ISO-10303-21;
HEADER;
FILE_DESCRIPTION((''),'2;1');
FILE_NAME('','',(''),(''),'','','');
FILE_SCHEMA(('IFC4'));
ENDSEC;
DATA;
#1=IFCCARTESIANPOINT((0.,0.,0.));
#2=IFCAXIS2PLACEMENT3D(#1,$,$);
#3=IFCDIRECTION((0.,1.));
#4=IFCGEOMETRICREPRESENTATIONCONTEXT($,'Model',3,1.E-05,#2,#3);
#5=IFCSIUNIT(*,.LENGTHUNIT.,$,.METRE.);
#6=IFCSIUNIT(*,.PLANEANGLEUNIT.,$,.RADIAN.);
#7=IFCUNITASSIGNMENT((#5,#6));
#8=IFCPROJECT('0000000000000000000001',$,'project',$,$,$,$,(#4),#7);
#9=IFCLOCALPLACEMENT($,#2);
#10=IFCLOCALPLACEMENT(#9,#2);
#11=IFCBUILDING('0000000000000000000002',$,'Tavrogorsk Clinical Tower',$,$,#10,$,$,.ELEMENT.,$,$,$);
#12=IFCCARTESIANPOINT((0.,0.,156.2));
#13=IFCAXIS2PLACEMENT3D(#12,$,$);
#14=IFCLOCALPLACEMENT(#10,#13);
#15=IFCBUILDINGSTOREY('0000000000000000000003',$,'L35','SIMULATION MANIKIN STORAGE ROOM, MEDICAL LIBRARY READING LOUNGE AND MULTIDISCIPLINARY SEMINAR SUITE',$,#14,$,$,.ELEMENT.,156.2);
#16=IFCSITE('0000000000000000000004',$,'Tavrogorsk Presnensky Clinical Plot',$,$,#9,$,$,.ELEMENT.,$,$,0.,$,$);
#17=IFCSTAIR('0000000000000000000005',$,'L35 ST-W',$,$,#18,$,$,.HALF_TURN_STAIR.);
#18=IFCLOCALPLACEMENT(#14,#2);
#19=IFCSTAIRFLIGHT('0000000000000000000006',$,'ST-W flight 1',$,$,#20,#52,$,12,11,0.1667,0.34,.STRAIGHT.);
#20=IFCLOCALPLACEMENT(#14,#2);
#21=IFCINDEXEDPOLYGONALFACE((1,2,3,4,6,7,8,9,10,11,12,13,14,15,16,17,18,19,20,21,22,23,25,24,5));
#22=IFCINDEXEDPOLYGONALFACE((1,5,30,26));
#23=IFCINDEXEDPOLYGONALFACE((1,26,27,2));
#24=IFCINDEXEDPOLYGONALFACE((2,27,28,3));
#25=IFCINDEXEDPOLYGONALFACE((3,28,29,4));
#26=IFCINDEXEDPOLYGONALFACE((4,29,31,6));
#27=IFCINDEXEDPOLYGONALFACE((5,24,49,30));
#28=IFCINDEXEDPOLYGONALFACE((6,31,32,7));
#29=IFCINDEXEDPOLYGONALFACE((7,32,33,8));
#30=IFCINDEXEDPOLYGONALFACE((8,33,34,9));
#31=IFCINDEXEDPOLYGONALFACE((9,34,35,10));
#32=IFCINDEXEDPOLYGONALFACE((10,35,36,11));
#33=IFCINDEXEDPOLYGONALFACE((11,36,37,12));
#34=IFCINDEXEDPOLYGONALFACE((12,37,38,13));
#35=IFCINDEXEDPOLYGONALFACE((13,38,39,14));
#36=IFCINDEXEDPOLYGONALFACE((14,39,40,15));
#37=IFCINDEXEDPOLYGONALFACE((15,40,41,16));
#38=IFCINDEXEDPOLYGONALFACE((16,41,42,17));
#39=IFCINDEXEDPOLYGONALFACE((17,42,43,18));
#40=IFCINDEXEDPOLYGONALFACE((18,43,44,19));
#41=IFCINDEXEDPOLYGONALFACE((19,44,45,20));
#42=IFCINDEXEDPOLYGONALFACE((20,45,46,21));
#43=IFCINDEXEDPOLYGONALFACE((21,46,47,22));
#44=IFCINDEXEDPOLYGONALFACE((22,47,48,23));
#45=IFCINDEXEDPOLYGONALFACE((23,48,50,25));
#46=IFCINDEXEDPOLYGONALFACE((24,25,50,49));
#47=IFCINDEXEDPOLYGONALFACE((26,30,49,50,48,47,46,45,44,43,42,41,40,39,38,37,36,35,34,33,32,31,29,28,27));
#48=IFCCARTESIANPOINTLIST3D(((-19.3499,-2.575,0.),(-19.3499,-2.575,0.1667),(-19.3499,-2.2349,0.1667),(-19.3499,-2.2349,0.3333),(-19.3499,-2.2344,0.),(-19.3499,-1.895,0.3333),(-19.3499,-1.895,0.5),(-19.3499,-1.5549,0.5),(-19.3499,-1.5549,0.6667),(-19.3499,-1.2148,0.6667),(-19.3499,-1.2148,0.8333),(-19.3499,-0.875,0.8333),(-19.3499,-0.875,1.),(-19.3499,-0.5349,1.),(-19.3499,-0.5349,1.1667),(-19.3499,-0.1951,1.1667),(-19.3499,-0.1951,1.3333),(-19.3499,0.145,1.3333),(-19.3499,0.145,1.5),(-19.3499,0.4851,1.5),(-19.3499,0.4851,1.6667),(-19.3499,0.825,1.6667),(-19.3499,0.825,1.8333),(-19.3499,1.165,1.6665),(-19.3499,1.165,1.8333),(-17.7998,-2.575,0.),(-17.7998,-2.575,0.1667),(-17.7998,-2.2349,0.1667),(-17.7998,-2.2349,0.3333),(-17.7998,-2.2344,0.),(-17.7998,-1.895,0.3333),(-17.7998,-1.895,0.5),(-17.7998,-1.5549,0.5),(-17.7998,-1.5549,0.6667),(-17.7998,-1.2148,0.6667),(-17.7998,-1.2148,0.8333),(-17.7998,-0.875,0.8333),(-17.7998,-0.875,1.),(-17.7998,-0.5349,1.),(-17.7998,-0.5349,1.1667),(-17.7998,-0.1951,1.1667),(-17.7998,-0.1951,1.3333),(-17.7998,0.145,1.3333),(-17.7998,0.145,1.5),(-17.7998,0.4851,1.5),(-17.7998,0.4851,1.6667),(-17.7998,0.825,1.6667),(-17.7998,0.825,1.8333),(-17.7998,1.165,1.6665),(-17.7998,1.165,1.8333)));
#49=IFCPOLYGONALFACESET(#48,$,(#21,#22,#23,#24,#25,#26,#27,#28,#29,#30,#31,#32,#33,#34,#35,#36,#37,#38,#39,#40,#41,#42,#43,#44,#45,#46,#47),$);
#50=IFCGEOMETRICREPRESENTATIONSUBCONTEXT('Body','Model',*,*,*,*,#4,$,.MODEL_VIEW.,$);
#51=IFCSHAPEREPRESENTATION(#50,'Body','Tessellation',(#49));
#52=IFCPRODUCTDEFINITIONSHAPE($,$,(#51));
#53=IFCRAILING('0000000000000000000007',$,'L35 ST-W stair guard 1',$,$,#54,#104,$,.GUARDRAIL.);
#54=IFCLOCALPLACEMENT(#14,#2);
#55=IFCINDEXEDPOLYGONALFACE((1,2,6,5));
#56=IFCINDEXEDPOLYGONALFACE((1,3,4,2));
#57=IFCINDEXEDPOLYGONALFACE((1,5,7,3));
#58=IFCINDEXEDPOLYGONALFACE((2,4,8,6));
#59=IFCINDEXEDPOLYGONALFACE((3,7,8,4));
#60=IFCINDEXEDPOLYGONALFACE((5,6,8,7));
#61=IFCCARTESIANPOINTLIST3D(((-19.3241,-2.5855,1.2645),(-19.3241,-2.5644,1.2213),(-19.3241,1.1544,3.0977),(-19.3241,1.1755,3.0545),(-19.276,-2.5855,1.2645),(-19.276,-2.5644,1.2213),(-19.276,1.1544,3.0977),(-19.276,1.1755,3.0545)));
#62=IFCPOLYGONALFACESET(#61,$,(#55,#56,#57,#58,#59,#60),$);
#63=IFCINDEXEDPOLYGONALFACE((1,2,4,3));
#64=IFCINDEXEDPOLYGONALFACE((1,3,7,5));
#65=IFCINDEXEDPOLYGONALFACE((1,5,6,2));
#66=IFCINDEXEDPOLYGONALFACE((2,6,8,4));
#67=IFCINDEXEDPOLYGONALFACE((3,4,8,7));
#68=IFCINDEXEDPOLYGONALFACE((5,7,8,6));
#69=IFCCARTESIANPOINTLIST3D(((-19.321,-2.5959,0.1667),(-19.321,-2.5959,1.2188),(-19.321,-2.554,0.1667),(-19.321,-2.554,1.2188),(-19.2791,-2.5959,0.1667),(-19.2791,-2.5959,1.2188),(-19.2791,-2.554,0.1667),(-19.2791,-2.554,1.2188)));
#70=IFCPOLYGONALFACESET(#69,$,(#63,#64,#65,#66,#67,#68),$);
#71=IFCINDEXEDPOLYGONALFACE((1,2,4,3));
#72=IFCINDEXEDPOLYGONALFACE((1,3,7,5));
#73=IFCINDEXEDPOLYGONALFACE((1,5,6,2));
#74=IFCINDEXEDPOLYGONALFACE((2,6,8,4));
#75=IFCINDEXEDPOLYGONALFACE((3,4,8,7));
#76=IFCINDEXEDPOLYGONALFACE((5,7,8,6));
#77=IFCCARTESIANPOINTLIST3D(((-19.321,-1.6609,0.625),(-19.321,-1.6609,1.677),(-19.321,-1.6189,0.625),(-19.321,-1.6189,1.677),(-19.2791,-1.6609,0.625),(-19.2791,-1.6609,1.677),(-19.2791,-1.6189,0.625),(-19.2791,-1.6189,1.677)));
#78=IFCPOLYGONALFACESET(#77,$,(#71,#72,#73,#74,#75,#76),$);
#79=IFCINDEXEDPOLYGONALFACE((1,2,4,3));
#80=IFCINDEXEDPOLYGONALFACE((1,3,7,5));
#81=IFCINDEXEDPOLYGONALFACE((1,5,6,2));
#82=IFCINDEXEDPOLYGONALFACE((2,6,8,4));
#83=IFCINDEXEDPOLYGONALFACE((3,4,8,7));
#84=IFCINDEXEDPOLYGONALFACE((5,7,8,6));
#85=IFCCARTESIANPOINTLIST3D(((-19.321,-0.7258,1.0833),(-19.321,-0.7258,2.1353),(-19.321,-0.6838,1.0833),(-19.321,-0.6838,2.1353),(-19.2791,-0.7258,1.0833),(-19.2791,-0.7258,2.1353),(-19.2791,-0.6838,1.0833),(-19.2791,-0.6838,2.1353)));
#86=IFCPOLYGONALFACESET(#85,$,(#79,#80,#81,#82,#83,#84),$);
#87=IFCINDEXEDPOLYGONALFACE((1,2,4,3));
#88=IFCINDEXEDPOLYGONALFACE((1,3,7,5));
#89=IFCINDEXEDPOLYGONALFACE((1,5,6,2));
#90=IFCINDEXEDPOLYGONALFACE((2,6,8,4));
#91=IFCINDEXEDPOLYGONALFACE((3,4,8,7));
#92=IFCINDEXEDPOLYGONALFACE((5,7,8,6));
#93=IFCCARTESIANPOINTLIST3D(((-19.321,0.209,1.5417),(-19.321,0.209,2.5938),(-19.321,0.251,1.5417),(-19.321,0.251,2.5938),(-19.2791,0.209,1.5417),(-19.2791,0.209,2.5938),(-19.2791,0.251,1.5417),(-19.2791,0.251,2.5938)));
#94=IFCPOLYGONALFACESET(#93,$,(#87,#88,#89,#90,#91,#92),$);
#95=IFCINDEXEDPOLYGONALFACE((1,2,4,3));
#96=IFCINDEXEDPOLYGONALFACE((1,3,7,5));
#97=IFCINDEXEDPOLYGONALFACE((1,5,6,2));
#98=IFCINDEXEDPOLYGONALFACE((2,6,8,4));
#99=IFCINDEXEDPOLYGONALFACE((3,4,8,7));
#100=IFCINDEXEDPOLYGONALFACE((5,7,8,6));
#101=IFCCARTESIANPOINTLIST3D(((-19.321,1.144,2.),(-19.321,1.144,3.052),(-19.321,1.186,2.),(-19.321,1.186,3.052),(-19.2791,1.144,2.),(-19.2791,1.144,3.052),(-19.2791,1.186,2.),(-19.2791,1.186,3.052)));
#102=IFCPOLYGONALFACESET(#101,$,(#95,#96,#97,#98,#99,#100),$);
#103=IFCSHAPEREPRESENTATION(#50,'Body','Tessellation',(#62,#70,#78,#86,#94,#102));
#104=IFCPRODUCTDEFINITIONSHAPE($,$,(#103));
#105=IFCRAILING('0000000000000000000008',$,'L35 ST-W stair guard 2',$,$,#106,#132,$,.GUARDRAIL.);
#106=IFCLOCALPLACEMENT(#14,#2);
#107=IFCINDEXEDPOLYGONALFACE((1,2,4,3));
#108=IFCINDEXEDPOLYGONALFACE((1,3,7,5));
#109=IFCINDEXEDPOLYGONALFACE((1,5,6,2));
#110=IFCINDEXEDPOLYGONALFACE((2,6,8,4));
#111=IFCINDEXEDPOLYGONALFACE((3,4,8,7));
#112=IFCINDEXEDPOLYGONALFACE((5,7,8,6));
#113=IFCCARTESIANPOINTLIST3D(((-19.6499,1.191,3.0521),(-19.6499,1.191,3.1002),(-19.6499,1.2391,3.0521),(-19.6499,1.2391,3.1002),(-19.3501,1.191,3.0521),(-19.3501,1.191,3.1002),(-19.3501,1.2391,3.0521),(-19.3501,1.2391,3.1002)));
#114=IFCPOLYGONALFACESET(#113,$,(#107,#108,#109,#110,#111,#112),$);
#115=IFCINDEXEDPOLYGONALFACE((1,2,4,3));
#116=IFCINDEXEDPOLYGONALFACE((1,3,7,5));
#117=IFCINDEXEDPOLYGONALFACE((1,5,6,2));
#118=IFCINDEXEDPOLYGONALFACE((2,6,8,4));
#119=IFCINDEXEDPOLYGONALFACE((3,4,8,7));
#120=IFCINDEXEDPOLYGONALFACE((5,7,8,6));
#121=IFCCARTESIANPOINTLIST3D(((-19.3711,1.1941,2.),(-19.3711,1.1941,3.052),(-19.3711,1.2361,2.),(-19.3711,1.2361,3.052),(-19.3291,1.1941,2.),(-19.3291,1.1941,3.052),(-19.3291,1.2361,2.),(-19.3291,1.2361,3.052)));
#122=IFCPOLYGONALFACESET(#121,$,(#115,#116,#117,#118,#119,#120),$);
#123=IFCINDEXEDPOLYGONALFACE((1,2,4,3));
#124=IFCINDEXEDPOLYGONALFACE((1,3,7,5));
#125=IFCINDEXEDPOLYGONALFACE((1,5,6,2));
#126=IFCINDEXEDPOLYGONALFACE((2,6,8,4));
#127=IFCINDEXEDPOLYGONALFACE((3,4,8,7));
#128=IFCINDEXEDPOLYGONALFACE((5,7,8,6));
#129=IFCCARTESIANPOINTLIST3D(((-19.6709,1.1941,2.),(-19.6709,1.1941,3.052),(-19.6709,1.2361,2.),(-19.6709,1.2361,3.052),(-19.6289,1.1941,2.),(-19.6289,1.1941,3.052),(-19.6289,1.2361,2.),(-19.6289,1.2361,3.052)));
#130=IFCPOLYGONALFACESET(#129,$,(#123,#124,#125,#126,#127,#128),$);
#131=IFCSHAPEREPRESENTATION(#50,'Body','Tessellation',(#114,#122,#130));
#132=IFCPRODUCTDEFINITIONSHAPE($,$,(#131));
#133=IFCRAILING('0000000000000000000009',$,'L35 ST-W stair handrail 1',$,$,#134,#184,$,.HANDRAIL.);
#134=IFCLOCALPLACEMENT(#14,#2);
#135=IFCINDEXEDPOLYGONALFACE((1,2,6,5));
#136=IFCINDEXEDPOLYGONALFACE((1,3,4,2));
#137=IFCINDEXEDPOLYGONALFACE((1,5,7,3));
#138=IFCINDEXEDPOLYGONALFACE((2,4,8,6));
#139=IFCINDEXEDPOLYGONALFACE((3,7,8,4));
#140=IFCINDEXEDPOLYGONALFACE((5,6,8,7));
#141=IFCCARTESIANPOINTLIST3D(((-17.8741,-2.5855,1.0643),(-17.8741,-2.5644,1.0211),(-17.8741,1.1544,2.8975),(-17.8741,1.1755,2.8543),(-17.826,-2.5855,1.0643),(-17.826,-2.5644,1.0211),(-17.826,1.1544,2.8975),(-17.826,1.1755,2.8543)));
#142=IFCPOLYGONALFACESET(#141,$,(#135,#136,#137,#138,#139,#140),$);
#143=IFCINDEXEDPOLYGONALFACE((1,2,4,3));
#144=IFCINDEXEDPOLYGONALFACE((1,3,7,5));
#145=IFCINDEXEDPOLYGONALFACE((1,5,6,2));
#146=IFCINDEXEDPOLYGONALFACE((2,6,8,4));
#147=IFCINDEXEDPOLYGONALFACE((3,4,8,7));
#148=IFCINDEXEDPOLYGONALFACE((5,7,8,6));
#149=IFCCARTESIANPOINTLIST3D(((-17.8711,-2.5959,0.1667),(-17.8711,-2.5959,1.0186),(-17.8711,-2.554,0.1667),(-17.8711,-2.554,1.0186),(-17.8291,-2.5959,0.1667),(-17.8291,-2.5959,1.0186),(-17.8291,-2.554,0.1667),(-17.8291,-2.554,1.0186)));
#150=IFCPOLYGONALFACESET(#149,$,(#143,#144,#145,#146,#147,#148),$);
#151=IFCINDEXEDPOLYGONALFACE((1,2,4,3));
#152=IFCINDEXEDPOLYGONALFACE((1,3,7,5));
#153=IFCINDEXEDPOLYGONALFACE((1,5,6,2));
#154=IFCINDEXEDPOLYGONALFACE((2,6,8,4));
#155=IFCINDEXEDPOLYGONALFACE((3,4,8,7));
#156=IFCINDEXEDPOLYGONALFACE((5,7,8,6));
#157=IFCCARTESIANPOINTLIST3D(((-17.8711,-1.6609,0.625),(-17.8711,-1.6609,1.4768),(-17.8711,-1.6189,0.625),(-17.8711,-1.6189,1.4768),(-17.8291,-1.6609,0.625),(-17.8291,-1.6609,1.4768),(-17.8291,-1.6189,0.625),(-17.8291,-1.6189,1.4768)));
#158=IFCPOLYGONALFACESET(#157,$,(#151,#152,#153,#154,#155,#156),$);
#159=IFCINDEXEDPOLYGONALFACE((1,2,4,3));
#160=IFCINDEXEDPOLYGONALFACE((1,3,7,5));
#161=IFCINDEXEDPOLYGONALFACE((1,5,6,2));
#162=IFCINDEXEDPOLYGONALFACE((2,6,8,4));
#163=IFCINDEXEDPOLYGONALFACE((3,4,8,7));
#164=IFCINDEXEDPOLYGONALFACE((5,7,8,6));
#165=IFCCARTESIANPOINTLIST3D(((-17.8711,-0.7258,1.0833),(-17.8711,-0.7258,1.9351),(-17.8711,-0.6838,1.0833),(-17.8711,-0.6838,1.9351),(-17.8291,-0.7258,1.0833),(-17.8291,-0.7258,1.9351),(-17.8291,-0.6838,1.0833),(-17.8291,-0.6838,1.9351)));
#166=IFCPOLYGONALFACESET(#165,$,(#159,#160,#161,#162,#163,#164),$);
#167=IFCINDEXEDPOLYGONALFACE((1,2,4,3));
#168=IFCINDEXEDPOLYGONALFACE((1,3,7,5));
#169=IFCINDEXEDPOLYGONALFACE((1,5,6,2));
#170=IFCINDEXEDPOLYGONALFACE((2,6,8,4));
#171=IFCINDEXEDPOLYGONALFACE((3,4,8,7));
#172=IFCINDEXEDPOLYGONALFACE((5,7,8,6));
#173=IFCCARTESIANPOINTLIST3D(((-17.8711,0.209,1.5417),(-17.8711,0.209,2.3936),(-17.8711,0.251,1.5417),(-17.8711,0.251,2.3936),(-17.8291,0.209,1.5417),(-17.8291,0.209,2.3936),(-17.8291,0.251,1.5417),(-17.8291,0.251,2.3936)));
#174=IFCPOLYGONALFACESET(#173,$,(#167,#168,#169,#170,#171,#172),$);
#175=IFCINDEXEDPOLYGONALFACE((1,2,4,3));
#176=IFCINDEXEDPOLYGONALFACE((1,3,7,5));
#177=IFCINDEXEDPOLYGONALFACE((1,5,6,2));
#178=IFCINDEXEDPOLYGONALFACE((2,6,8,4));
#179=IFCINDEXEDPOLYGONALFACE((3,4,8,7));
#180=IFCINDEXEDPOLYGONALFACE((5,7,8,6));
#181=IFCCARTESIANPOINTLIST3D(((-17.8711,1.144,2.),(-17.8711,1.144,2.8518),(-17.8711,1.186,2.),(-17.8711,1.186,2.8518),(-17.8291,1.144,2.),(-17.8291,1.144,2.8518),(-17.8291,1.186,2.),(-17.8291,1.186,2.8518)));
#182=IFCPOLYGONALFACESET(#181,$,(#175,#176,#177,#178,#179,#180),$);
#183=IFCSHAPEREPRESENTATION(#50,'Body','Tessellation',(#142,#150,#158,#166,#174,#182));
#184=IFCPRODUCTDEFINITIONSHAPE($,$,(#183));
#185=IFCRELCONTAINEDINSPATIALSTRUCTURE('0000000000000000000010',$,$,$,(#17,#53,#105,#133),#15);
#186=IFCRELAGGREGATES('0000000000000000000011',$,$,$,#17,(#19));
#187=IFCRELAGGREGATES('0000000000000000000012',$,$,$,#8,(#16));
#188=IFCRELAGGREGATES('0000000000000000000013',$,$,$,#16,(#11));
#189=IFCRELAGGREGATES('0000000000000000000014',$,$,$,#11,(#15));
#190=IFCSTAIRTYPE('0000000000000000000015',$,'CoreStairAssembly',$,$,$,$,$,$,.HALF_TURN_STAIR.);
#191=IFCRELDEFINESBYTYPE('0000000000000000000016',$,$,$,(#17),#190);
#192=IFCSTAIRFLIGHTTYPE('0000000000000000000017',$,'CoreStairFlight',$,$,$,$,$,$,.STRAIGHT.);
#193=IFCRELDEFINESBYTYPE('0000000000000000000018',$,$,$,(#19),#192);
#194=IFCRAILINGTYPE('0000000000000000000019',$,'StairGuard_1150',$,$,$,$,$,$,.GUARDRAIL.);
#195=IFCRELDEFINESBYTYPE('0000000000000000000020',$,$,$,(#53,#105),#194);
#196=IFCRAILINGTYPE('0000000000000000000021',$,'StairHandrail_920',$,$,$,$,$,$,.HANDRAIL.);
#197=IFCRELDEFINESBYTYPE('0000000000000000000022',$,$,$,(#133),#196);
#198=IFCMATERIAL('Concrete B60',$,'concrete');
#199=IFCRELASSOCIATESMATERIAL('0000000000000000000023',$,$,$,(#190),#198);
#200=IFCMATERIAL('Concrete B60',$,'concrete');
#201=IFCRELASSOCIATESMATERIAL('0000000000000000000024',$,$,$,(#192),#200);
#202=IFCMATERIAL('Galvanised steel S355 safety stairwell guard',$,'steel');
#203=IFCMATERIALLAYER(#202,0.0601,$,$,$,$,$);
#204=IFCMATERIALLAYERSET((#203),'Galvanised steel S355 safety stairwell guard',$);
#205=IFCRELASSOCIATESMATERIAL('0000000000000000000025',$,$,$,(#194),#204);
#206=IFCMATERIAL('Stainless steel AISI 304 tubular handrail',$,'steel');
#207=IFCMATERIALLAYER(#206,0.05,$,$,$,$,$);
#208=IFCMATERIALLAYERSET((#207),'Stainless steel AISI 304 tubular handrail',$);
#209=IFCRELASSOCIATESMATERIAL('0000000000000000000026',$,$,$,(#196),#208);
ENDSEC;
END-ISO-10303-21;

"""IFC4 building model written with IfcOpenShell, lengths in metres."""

from ifc_helpers import new_model, si_unit, direction, frame, origin, origin_2d, place, context, subcontext, project, spatial, polyline, rectangle, outline, extrude, material, layer, layer_set, type_object, element, aggregate, save


model = new_model("IFC4")

# Units and contexts
model_context = context("Model", 3, precision=1e-05, world=origin(), true_north=direction((0.0, 1.0)))
body_context = subcontext(model_context, "Body", "Model", "MODEL_VIEW")
ifc_project = project(units=[si_unit("LENGTHUNIT", "METRE"), si_unit("PLANEANGLEUNIT", "RADIAN")], contexts=[model_context])

# Site, building, storey
site_placement = place(None, origin())
site = spatial("IfcSite", under=ifc_project, at=site_placement, Name="Tavrogorsk Presnensky Clinical Plot", CompositionType="ELEMENT", RefElevation=0.0)
building_placement = place(site_placement, origin())
building = spatial("IfcBuilding", under=site, at=building_placement, Name="Tavrogorsk Clinical Tower", CompositionType="ELEMENT")
storey_placement = place(building_placement, frame((0.0, 0.0, 156.2)))
storey = spatial("IfcBuildingStorey", under=building, at=storey_placement, Name="L35", Description="SIMULATION MANIKIN STORAGE ROOM, MEDICAL LIBRARY READING LOUNGE AND MULTIDISCIPLINARY SEMINAR SUITE", CompositionType="ELEMENT", Elevation=156.2)

# Stair, stair flight
ifc_material_1 = material(Name="Concrete B60", Category="concrete")
stair_type = type_object("IfcStairType", Name="CoreStairAssembly", PredefinedType="HALF_TURN_STAIR", material=ifc_material_1)
stair_placement = place(storey_placement, origin())
stair = element("IfcStair", 1, at=stair_placement, inside=storey, type_object=stair_type, Name="L35 ST-W", PredefinedType="HALF_TURN_STAIR")
ifc_material_2 = material(Name="Concrete B60", Category="concrete")
stair_flight_type = type_object("IfcStairFlightType", Name="CoreStairFlight", PredefinedType="STRAIGHT", material=ifc_material_2)
stair_flight_placement = place(storey_placement, frame((-18.575, -2.575, 0.0), z_axis=(0.0, 0.0, 1.0), x_axis=(0.0, 1.0, 0.0)))
stair_flight = element("IfcStairFlight", 2, at=stair_flight_placement, type_object=stair_flight_type, Name="ST-W flight 1", NumberOfRisers=12, NumberOfTreads=11, PredefinedType="STRAIGHT", RiserHeight=0.1667, TreadLength=0.34, context=body_context, shape_type="SweptSolid", body=[
    extrude(outline(polyline([(0.0, 0.0), (0.0, 0.1667), (0.3401, 0.1667), (0.3401, 0.3333), (0.6799, 0.3333), (0.6799, 0.5), (1.02, 0.5), (1.02, 0.6667), (1.3601, 0.6667), (1.3601, 0.8333), (1.7, 0.8333), (1.7, 1.0), (2.04, 1.0), (2.04, 1.1667), (2.3799, 1.1667), (2.3799, 1.3333), (2.72, 1.3333), (2.72, 1.5), (3.0601, 1.5), (3.0601, 1.6667), (3.3999, 1.6667), (3.3999, 1.8333), (3.74, 1.8333), (3.74, 2.0), (3.74, 1.6665), (0.3406, 0.0), (0.0, 0.0)])), frame((0.0, 0.7749, 0.0), z_axis=(0.0, -1.0, 0.0), x_axis=(1.0, 0.0, 0.0)), (0.0, 0.0, 1.0), 1.55),
])
aggregate(stair, [stair_flight])

# Railings
ifc_material_3 = material(Name="Galvanised steel S355 safety stairwell guard", Category="steel")
ifc_layer_1 = layer(ifc_material_3, 0.0601)
ifc_layer_set_1 = layer_set([ifc_layer_1], Name="Galvanised steel S355 safety stairwell guard")
railing_type_1 = type_object("IfcRailingType", Name="StairGuard_1150", PredefinedType="GUARDRAIL", material=ifc_layer_set_1)
railing_1_placement = place(storey_placement, frame((-19.3, -2.575, 0.1667)))
element("IfcRailing", 3, at=railing_1_placement, inside=storey, type_object=railing_type_1, Name="L35 ST-W stair guard 1", PredefinedType="GUARDRAIL", context=body_context, shape_type="SweptSolid", body=[
    extrude(rectangle(XDim=0.0481, YDim=0.0481, at=origin_2d()), frame((0.0, 0.0, 1.0762), z_axis=(0.0, 0.897928, 0.440142), x_axis=(-1.0, 0.0, 0.0)), (0.0, 0.0, 1.0), 4.165),
    extrude(rectangle(XDim=0.042, YDim=0.042, at=origin_2d()), origin(), (0.0, 0.0, 1.0), 1.052),
    extrude(rectangle(XDim=0.042, YDim=0.042, at=origin_2d()), frame((0.0, 0.9351, 0.4583)), (0.0, 0.0, 1.0), 1.052),
    extrude(rectangle(XDim=0.042, YDim=0.042, at=origin_2d()), frame((0.0, 1.8701, 0.9165)), (0.0, 0.0, 1.0), 1.052),
    extrude(rectangle(XDim=0.042, YDim=0.042, at=origin_2d()), frame((0.0, 2.8049, 1.375)), (0.0, 0.0, 1.0), 1.052),
    extrude(rectangle(XDim=0.042, YDim=0.042, at=origin_2d()), frame((0.0, 3.74, 1.8333)), (0.0, 0.0, 1.0), 1.052),
])
railing_2_placement = place(storey_placement, frame((-19.3501, 1.2151, 2.0)))
element("IfcRailing", 4, at=railing_2_placement, inside=storey, type_object=railing_type_1, Name="L35 ST-W stair guard 2", PredefinedType="GUARDRAIL", context=body_context, shape_type="SweptSolid", body=[
    extrude(rectangle(XDim=0.0481, YDim=0.0481, at=origin_2d()), frame((0.0, 0.0, 1.0762), z_axis=(-1.0, 0.0, 0.0), x_axis=(0.0, -1.0, 0.0)), (0.0, 0.0, 1.0), 0.2998),
    extrude(rectangle(XDim=0.042, YDim=0.042, at=origin_2d()), origin(), (0.0, 0.0, 1.0), 1.052),
    extrude(rectangle(XDim=0.042, YDim=0.042, at=origin_2d()), frame((-0.2998, 0.0, 0.0)), (0.0, 0.0, 1.0), 1.052),
])
ifc_material_4 = material(Name="Stainless steel AISI 304 tubular handrail", Category="steel")
ifc_layer_2 = layer(ifc_material_4, 0.05)
ifc_layer_set_2 = layer_set([ifc_layer_2], Name="Stainless steel AISI 304 tubular handrail")
railing_type_2 = type_object("IfcRailingType", Name="StairHandrail_920", PredefinedType="HANDRAIL", material=ifc_layer_set_2)
railing_3_placement = place(storey_placement, frame((-17.8501, -2.575, 0.1667)))
element("IfcRailing", 5, at=railing_3_placement, inside=storey, type_object=railing_type_2, Name="L35 ST-W stair handrail 1", PredefinedType="HANDRAIL", context=body_context, shape_type="SweptSolid", body=[
    extrude(rectangle(XDim=0.0481, YDim=0.0481, at=origin_2d()), frame((0.0, 0.0, 0.876), z_axis=(0.0, 0.897928, 0.440142), x_axis=(-1.0, 0.0, 0.0)), (0.0, 0.0, 1.0), 4.165),
    extrude(rectangle(XDim=0.042, YDim=0.042, at=origin_2d()), origin(), (0.0, 0.0, 1.0), 0.8518),
    extrude(rectangle(XDim=0.042, YDim=0.042, at=origin_2d()), frame((0.0, 0.9351, 0.4583)), (0.0, 0.0, 1.0), 0.8518),
    extrude(rectangle(XDim=0.042, YDim=0.042, at=origin_2d()), frame((0.0, 1.8701, 0.9165)), (0.0, 0.0, 1.0), 0.8518),
    extrude(rectangle(XDim=0.042, YDim=0.042, at=origin_2d()), frame((0.0, 2.8049, 1.375)), (0.0, 0.0, 1.0), 0.8518),
    extrude(rectangle(XDim=0.042, YDim=0.042, at=origin_2d()), frame((0.0, 3.74, 1.8333)), (0.0, 0.0, 1.0), 0.8518),
])

save(model, "model.ifc")
